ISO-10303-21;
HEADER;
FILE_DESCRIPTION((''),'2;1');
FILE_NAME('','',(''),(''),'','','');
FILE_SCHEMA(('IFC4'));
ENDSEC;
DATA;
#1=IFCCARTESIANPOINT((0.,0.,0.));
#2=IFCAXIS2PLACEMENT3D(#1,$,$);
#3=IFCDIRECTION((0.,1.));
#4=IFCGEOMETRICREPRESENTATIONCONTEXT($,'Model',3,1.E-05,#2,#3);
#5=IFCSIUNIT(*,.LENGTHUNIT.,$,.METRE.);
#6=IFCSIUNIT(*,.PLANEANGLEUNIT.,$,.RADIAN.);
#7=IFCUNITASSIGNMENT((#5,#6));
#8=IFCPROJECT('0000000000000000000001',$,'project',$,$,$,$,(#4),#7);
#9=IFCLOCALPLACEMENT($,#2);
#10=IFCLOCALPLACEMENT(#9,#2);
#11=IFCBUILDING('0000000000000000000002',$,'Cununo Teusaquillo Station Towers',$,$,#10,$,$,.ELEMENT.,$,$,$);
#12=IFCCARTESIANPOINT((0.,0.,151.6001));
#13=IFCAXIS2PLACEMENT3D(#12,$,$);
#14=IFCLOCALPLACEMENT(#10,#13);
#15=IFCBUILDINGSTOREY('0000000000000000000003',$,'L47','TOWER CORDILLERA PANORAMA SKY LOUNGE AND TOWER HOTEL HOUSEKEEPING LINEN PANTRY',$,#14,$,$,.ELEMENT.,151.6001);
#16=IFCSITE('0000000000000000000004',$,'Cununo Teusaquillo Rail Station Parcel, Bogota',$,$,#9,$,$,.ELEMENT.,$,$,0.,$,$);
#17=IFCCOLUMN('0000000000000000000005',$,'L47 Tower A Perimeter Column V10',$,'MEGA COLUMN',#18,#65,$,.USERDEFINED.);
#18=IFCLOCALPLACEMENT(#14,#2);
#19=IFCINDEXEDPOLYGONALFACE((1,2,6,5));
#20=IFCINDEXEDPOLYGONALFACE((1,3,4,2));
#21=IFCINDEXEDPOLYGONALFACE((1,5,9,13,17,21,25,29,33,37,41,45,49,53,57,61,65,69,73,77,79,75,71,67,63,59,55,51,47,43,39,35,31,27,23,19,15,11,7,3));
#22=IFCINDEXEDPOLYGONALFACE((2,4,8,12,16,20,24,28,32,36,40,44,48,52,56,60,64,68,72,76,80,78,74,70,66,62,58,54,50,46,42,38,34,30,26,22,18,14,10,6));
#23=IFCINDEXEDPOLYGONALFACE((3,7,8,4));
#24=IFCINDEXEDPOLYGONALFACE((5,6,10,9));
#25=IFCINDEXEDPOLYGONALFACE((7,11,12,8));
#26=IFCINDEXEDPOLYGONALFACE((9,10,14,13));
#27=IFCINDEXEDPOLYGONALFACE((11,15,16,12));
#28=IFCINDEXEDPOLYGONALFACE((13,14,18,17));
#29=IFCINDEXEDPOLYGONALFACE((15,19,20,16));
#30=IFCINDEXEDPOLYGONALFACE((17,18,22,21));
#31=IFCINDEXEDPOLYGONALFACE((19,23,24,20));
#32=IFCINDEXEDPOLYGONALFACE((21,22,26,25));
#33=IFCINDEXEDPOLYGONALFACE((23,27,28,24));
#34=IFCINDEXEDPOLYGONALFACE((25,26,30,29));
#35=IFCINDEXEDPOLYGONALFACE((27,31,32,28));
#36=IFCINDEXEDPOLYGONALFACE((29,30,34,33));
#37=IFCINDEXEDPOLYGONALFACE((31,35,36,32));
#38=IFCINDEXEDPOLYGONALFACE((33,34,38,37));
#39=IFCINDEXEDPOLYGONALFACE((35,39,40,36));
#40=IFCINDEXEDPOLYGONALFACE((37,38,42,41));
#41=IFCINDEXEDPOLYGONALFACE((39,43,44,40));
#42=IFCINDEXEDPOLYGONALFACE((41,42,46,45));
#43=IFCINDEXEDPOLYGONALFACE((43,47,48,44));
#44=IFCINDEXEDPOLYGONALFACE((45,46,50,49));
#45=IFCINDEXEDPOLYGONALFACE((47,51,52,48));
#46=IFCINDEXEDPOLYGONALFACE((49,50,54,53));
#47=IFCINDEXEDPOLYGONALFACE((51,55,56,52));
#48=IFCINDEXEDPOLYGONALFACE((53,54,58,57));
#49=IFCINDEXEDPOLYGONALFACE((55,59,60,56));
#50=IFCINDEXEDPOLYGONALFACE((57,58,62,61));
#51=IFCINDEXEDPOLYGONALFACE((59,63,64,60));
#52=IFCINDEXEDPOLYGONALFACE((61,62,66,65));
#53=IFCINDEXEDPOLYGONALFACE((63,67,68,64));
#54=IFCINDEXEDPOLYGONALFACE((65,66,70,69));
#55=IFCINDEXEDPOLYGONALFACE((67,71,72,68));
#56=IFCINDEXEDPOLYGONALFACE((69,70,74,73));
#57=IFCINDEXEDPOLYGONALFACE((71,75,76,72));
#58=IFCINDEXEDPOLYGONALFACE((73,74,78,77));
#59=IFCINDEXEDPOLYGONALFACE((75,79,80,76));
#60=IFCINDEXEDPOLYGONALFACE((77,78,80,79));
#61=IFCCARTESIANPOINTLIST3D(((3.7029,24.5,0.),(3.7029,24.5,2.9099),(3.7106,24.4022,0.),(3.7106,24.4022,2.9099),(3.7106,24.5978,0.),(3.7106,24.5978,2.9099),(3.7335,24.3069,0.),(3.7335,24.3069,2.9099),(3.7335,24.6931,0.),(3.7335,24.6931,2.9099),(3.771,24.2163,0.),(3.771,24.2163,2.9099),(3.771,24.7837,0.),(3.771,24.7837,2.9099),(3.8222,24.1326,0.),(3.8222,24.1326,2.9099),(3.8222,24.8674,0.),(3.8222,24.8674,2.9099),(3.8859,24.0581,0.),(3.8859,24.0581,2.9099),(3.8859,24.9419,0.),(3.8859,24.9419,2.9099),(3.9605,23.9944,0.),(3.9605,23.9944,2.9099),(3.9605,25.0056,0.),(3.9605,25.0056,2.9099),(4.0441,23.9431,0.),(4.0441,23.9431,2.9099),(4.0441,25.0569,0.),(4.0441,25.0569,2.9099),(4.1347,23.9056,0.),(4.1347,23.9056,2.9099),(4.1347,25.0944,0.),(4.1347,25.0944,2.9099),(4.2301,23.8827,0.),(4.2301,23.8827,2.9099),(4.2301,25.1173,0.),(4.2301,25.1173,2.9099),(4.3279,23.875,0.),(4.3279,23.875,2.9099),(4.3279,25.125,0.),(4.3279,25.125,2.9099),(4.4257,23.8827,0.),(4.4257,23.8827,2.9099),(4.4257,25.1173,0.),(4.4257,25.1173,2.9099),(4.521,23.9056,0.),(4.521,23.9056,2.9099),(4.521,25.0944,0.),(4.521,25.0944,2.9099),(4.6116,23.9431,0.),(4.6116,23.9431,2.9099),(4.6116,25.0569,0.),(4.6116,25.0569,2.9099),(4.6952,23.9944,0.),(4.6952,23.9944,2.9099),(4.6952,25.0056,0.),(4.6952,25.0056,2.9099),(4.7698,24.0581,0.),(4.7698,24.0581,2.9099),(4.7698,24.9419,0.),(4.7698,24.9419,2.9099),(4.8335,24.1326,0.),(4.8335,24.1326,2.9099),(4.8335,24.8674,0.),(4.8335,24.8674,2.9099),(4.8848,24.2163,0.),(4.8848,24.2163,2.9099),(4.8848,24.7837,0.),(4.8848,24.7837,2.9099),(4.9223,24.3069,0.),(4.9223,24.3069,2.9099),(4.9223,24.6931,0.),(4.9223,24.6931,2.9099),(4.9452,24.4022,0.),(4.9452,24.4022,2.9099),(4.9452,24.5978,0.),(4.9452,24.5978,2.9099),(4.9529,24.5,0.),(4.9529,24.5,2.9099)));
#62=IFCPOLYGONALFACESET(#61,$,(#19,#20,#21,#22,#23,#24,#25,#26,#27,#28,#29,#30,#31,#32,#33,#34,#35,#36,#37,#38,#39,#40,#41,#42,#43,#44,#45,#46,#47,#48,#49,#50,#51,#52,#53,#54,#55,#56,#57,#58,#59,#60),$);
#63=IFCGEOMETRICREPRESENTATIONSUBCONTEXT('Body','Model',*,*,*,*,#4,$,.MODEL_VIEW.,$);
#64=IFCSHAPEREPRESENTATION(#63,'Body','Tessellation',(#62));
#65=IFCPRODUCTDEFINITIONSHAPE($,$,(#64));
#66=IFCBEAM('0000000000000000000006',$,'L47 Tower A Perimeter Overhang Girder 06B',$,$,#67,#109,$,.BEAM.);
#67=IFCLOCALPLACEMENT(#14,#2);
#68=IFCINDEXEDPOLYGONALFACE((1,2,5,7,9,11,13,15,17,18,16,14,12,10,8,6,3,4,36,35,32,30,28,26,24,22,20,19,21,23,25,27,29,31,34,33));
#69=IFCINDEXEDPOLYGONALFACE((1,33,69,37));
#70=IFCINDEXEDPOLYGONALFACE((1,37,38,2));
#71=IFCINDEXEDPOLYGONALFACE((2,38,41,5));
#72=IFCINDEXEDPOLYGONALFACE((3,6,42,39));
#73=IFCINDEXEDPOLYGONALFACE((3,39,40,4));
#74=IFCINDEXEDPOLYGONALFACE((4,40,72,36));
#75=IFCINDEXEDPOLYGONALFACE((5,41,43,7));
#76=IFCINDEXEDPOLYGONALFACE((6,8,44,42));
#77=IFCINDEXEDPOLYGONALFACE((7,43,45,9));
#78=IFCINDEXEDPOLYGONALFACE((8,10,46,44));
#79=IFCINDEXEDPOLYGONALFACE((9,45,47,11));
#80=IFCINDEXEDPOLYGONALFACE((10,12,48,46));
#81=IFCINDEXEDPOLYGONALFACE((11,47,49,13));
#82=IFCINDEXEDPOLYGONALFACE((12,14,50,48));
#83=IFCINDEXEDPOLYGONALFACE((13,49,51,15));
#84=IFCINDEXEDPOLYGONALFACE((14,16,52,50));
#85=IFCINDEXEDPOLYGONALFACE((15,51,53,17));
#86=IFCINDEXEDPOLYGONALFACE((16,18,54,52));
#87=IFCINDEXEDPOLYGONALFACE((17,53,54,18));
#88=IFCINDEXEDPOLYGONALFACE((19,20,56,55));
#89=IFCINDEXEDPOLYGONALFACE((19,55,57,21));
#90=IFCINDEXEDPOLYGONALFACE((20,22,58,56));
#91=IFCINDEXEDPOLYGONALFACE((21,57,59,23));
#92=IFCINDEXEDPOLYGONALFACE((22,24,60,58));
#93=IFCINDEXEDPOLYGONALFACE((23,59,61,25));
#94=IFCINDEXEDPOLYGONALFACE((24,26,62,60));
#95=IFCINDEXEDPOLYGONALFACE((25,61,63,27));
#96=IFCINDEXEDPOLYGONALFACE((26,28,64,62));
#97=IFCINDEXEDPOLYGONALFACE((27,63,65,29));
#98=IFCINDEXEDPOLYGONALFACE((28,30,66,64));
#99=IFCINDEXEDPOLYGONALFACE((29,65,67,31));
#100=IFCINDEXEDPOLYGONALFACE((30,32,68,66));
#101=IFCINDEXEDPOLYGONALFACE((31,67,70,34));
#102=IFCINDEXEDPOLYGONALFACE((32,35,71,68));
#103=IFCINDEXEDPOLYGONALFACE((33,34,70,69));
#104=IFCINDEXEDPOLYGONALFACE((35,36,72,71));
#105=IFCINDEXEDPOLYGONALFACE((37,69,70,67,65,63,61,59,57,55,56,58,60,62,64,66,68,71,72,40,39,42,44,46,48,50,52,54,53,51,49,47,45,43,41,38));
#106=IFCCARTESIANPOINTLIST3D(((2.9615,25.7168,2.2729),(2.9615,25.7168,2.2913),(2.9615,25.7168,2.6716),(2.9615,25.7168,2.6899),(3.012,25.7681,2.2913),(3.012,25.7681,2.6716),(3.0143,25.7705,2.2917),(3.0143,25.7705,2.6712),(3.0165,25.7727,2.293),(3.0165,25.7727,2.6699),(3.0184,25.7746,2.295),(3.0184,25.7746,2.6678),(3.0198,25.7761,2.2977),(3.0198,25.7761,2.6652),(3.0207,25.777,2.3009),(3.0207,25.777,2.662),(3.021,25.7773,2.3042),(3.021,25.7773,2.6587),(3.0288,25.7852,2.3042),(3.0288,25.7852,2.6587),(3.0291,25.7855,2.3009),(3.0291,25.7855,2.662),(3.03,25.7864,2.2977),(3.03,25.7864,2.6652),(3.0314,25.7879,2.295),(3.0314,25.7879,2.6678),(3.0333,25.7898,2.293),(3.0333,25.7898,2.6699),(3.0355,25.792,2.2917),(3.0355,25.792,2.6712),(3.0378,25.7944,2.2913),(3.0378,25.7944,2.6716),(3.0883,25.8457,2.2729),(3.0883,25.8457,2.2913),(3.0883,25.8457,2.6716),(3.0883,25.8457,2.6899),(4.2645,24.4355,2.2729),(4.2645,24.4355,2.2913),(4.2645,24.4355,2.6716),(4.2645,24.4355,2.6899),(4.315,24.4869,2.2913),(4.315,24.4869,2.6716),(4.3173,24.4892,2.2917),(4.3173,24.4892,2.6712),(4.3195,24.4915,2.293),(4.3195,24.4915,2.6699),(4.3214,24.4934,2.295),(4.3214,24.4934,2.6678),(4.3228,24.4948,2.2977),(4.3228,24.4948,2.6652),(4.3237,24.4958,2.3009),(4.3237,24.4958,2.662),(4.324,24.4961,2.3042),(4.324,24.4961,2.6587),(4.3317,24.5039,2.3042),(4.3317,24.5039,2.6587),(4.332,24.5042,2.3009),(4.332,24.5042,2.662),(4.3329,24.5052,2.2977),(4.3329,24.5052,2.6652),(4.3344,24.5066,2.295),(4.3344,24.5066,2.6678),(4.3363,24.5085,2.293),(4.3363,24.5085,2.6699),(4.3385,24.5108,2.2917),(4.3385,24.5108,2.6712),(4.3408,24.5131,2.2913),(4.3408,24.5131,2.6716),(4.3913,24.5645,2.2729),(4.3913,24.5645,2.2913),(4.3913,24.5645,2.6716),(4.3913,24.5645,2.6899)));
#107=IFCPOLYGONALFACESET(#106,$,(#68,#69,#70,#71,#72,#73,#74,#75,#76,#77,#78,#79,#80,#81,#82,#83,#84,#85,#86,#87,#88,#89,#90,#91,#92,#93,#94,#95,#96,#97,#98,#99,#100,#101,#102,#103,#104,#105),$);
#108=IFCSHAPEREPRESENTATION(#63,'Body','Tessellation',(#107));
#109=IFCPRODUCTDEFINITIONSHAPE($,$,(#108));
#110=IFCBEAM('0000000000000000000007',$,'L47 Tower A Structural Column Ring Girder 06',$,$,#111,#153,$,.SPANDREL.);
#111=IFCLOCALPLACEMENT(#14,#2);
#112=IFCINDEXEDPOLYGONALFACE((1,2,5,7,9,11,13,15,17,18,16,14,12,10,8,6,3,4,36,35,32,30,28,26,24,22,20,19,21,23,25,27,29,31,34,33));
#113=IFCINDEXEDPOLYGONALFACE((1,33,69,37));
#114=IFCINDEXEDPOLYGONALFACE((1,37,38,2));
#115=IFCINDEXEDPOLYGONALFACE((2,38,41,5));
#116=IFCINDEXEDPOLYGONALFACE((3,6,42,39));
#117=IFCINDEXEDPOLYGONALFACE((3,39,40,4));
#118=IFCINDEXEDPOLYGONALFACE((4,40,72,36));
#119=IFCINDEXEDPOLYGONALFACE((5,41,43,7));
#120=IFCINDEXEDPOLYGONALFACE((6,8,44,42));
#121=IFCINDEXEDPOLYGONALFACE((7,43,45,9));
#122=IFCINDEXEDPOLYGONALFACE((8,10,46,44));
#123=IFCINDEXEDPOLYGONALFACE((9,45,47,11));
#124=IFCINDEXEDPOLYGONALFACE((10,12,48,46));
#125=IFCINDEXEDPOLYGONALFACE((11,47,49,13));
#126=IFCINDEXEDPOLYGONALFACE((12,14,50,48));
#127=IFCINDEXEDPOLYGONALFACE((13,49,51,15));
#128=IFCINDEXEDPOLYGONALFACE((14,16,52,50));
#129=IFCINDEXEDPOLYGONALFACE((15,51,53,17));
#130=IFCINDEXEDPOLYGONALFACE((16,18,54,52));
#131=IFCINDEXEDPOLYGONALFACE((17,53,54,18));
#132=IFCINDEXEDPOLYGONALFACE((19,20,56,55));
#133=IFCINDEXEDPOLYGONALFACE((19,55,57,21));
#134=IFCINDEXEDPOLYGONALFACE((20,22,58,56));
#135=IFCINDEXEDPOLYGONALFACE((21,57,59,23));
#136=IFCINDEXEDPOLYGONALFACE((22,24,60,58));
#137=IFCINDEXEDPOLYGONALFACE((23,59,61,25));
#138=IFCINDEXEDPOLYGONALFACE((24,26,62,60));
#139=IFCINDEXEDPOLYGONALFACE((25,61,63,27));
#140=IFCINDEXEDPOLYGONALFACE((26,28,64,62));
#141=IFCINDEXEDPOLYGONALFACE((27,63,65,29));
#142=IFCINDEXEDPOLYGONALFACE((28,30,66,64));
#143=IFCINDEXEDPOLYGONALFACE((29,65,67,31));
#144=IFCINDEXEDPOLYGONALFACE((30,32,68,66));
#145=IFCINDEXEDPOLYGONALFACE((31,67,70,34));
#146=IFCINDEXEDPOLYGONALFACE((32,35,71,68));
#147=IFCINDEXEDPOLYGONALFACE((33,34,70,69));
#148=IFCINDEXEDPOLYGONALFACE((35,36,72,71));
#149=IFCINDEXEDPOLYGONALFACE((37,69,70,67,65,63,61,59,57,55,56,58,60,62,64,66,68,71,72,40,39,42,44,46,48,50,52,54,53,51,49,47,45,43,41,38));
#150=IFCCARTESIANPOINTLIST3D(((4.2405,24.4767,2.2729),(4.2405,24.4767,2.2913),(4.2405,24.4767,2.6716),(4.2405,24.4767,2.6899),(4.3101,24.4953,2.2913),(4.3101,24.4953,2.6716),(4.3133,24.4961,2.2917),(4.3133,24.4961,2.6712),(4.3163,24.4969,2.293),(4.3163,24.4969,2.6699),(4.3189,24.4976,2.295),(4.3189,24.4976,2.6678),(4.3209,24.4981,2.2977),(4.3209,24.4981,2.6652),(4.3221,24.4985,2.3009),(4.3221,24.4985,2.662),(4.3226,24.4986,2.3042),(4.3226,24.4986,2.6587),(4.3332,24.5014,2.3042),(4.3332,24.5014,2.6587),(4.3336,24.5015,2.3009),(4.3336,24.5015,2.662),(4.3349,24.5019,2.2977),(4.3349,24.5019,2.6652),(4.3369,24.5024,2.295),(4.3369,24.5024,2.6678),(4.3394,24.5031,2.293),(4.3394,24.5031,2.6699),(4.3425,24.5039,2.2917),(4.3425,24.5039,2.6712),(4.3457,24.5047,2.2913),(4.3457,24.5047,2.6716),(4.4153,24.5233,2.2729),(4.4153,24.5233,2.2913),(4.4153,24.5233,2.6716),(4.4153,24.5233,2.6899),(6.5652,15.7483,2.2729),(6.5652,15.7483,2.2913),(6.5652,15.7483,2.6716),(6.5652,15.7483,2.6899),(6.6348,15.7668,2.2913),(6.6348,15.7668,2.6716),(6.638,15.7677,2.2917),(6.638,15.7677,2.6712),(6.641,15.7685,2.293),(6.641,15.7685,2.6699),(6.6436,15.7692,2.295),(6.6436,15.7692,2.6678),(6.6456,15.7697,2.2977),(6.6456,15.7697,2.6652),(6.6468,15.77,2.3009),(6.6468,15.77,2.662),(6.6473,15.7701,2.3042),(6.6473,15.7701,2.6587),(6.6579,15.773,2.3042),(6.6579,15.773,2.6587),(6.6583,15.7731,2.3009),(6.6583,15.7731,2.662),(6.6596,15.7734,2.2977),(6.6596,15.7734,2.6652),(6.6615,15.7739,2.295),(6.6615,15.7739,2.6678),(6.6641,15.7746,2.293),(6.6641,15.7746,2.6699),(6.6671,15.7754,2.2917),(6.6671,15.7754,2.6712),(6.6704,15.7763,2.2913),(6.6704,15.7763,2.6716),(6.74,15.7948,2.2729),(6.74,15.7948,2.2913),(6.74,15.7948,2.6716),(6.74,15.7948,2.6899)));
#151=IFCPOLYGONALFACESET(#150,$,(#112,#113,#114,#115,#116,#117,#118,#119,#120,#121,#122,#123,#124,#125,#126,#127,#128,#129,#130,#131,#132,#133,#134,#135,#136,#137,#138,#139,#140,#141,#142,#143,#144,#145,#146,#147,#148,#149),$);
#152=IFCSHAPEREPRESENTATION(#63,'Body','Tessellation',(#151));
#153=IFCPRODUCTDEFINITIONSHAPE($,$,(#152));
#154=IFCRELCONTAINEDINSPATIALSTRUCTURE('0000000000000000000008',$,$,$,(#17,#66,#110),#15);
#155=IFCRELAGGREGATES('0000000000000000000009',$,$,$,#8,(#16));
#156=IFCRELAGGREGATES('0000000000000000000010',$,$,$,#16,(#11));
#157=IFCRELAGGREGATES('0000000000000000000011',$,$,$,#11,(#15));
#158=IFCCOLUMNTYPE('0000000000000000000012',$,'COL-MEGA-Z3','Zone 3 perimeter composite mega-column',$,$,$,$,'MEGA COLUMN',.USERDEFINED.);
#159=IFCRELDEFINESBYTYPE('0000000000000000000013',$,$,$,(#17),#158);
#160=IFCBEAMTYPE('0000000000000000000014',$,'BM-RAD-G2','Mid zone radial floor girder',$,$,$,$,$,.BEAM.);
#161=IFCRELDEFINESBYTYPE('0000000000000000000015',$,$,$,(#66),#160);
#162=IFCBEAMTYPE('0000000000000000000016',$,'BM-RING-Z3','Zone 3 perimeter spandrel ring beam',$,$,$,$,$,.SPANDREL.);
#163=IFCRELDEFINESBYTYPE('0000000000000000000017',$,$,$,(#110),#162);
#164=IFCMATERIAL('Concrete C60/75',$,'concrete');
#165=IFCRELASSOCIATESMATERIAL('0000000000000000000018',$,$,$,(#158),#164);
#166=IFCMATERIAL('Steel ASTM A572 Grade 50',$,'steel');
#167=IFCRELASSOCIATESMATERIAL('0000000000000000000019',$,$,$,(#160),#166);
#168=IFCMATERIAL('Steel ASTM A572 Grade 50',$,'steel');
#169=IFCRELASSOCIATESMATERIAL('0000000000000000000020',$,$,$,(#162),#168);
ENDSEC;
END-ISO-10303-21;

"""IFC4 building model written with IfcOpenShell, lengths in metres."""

from ifc_helpers import new_model, si_unit, direction, frame, origin, origin_2d, place, context, subcontext, project, spatial, circle, i_section, extrude, material, material_profile, profile_set, type_object, element, save


model = new_model("IFC4")

# Units and contexts
model_context = context("Model", 3, precision=1e-05, world=origin(), true_north=direction((0.0, 1.0)))
body_context = subcontext(model_context, "Body", "Model", "MODEL_VIEW")
ifc_project = project(units=[si_unit("LENGTHUNIT", "METRE"), si_unit("PLANEANGLEUNIT", "RADIAN")], contexts=[model_context])

# Site, building, storey
site_placement = place(None, origin())
site = spatial("IfcSite", under=ifc_project, at=site_placement, Name="Cununo Teusaquillo Rail Station Parcel, Bogota", CompositionType="ELEMENT", RefElevation=0.0)
building_placement = place(site_placement, origin())
building = spatial("IfcBuilding", under=site, at=building_placement, Name="Cununo Teusaquillo Station Towers", CompositionType="ELEMENT")
storey_placement = place(building_placement, frame((0.0, 0.0, 151.6001)))
storey = spatial("IfcBuildingStorey", under=building, at=storey_placement, Name="L47", Description="TOWER CORDILLERA PANORAMA SKY LOUNGE AND TOWER HOTEL HOUSEKEEPING LINEN PANTRY", CompositionType="ELEMENT", Elevation=151.6001)

# Column
ifc_material_1 = material(Name="Concrete C60/75", Category="concrete")
ifc_material_profile_1 = material_profile(ifc_material_1, circle(Radius=0.625, at=origin_2d()), Name="RC-CIRC-1250")
ifc_profile_set_1 = profile_set([ifc_material_profile_1], Name="Concrete C60/75")
column_type = type_object("IfcColumnType", Name="COL-MEGA-Z3", Description="Zone 3 perimeter composite mega-column", ElementType="MEGA COLUMN", PredefinedType="USERDEFINED", material=ifc_profile_set_1)
column_placement = place(storey_placement, frame((4.3279, 24.5, 0.0), z_axis=(0.0, 0.0, 1.0), x_axis=(1.0, 0.0, 0.0)))
element("IfcColumn", 1, at=column_placement, inside=storey, type_object=column_type, Name="L47 Tower A Perimeter Column V10", ObjectType="MEGA COLUMN", PredefinedType="USERDEFINED", context=body_context, shape_type="SweptSolid", body=[
    extrude(circle(Radius=0.625, at=origin_2d()), origin(), (0.0, 0.0, 1.0), 2.9099),
])

# Beams
ifc_material_2 = material(Name="Steel ASTM A572 Grade 50", Category="steel")
ifc_material_profile_2 = material_profile(ifc_material_2, i_section(OverallWidth=0.1809, OverallDepth=0.417, WebThickness=0.011, FlangeThickness=0.0183, FilletRadius=0.0129, at=origin_2d()), Name="W16X57")
ifc_profile_set_2 = profile_set([ifc_material_profile_2], Name="Steel ASTM A572 Grade 50")
beam_type_1 = type_object("IfcBeamType", Name="BM-RAD-G2", Description="Mid zone radial floor girder", PredefinedType="BEAM", material=ifc_profile_set_2)
beam_1_placement = place(storey_placement, frame((4.3279, 24.5, 2.4814), z_axis=(-0.713027, 0.701137, 0.0), x_axis=(-0.701137, -0.713027, 0.0)))
element("IfcBeam", 2, at=beam_1_placement, inside=storey, type_object=beam_type_1, Name="L47 Tower A Perimeter Overhang Girder 06B", PredefinedType="BEAM", context=body_context, shape_type="SweptSolid", body=[
    extrude(i_section(OverallWidth=0.1809, OverallDepth=0.417, WebThickness=0.011, FlangeThickness=0.0183, FilletRadius=0.0129, at=origin_2d()), origin(), (0.0, 0.0, 1.0), 1.8274),
])
ifc_material_3 = material(Name="Steel ASTM A572 Grade 50", Category="steel")
ifc_material_profile_3 = material_profile(ifc_material_3, i_section(OverallWidth=0.1809, OverallDepth=0.417, WebThickness=0.011, FlangeThickness=0.0183, FilletRadius=0.0129, at=origin_2d()), Name="W16X57")
ifc_profile_set_3 = profile_set([ifc_material_profile_3], Name="Steel ASTM A572 Grade 50")
beam_type_2 = type_object("IfcBeamType", Name="BM-RING-Z3", Description="Zone 3 perimeter spandrel ring beam", PredefinedType="SPANDREL", material=ifc_profile_set_3)
beam_2_placement = place(storey_placement, frame((4.3279, 24.5, 2.4814), z_axis=(0.257363, -0.966315, 0.0), x_axis=(0.966315, 0.257363, 0.0)))
element("IfcBeam", 3, at=beam_2_placement, inside=storey, type_object=beam_type_2, Name="L47 Tower A Structural Column Ring Girder 06", PredefinedType="SPANDREL", context=body_context, shape_type="SweptSolid", body=[
    extrude(i_section(OverallWidth=0.1809, OverallDepth=0.417, WebThickness=0.011, FlangeThickness=0.0183, FilletRadius=0.0129, at=origin_2d()), origin(), (0.0, 0.0, 1.0), 9.0327),
])

save(model, "model.ifc")
